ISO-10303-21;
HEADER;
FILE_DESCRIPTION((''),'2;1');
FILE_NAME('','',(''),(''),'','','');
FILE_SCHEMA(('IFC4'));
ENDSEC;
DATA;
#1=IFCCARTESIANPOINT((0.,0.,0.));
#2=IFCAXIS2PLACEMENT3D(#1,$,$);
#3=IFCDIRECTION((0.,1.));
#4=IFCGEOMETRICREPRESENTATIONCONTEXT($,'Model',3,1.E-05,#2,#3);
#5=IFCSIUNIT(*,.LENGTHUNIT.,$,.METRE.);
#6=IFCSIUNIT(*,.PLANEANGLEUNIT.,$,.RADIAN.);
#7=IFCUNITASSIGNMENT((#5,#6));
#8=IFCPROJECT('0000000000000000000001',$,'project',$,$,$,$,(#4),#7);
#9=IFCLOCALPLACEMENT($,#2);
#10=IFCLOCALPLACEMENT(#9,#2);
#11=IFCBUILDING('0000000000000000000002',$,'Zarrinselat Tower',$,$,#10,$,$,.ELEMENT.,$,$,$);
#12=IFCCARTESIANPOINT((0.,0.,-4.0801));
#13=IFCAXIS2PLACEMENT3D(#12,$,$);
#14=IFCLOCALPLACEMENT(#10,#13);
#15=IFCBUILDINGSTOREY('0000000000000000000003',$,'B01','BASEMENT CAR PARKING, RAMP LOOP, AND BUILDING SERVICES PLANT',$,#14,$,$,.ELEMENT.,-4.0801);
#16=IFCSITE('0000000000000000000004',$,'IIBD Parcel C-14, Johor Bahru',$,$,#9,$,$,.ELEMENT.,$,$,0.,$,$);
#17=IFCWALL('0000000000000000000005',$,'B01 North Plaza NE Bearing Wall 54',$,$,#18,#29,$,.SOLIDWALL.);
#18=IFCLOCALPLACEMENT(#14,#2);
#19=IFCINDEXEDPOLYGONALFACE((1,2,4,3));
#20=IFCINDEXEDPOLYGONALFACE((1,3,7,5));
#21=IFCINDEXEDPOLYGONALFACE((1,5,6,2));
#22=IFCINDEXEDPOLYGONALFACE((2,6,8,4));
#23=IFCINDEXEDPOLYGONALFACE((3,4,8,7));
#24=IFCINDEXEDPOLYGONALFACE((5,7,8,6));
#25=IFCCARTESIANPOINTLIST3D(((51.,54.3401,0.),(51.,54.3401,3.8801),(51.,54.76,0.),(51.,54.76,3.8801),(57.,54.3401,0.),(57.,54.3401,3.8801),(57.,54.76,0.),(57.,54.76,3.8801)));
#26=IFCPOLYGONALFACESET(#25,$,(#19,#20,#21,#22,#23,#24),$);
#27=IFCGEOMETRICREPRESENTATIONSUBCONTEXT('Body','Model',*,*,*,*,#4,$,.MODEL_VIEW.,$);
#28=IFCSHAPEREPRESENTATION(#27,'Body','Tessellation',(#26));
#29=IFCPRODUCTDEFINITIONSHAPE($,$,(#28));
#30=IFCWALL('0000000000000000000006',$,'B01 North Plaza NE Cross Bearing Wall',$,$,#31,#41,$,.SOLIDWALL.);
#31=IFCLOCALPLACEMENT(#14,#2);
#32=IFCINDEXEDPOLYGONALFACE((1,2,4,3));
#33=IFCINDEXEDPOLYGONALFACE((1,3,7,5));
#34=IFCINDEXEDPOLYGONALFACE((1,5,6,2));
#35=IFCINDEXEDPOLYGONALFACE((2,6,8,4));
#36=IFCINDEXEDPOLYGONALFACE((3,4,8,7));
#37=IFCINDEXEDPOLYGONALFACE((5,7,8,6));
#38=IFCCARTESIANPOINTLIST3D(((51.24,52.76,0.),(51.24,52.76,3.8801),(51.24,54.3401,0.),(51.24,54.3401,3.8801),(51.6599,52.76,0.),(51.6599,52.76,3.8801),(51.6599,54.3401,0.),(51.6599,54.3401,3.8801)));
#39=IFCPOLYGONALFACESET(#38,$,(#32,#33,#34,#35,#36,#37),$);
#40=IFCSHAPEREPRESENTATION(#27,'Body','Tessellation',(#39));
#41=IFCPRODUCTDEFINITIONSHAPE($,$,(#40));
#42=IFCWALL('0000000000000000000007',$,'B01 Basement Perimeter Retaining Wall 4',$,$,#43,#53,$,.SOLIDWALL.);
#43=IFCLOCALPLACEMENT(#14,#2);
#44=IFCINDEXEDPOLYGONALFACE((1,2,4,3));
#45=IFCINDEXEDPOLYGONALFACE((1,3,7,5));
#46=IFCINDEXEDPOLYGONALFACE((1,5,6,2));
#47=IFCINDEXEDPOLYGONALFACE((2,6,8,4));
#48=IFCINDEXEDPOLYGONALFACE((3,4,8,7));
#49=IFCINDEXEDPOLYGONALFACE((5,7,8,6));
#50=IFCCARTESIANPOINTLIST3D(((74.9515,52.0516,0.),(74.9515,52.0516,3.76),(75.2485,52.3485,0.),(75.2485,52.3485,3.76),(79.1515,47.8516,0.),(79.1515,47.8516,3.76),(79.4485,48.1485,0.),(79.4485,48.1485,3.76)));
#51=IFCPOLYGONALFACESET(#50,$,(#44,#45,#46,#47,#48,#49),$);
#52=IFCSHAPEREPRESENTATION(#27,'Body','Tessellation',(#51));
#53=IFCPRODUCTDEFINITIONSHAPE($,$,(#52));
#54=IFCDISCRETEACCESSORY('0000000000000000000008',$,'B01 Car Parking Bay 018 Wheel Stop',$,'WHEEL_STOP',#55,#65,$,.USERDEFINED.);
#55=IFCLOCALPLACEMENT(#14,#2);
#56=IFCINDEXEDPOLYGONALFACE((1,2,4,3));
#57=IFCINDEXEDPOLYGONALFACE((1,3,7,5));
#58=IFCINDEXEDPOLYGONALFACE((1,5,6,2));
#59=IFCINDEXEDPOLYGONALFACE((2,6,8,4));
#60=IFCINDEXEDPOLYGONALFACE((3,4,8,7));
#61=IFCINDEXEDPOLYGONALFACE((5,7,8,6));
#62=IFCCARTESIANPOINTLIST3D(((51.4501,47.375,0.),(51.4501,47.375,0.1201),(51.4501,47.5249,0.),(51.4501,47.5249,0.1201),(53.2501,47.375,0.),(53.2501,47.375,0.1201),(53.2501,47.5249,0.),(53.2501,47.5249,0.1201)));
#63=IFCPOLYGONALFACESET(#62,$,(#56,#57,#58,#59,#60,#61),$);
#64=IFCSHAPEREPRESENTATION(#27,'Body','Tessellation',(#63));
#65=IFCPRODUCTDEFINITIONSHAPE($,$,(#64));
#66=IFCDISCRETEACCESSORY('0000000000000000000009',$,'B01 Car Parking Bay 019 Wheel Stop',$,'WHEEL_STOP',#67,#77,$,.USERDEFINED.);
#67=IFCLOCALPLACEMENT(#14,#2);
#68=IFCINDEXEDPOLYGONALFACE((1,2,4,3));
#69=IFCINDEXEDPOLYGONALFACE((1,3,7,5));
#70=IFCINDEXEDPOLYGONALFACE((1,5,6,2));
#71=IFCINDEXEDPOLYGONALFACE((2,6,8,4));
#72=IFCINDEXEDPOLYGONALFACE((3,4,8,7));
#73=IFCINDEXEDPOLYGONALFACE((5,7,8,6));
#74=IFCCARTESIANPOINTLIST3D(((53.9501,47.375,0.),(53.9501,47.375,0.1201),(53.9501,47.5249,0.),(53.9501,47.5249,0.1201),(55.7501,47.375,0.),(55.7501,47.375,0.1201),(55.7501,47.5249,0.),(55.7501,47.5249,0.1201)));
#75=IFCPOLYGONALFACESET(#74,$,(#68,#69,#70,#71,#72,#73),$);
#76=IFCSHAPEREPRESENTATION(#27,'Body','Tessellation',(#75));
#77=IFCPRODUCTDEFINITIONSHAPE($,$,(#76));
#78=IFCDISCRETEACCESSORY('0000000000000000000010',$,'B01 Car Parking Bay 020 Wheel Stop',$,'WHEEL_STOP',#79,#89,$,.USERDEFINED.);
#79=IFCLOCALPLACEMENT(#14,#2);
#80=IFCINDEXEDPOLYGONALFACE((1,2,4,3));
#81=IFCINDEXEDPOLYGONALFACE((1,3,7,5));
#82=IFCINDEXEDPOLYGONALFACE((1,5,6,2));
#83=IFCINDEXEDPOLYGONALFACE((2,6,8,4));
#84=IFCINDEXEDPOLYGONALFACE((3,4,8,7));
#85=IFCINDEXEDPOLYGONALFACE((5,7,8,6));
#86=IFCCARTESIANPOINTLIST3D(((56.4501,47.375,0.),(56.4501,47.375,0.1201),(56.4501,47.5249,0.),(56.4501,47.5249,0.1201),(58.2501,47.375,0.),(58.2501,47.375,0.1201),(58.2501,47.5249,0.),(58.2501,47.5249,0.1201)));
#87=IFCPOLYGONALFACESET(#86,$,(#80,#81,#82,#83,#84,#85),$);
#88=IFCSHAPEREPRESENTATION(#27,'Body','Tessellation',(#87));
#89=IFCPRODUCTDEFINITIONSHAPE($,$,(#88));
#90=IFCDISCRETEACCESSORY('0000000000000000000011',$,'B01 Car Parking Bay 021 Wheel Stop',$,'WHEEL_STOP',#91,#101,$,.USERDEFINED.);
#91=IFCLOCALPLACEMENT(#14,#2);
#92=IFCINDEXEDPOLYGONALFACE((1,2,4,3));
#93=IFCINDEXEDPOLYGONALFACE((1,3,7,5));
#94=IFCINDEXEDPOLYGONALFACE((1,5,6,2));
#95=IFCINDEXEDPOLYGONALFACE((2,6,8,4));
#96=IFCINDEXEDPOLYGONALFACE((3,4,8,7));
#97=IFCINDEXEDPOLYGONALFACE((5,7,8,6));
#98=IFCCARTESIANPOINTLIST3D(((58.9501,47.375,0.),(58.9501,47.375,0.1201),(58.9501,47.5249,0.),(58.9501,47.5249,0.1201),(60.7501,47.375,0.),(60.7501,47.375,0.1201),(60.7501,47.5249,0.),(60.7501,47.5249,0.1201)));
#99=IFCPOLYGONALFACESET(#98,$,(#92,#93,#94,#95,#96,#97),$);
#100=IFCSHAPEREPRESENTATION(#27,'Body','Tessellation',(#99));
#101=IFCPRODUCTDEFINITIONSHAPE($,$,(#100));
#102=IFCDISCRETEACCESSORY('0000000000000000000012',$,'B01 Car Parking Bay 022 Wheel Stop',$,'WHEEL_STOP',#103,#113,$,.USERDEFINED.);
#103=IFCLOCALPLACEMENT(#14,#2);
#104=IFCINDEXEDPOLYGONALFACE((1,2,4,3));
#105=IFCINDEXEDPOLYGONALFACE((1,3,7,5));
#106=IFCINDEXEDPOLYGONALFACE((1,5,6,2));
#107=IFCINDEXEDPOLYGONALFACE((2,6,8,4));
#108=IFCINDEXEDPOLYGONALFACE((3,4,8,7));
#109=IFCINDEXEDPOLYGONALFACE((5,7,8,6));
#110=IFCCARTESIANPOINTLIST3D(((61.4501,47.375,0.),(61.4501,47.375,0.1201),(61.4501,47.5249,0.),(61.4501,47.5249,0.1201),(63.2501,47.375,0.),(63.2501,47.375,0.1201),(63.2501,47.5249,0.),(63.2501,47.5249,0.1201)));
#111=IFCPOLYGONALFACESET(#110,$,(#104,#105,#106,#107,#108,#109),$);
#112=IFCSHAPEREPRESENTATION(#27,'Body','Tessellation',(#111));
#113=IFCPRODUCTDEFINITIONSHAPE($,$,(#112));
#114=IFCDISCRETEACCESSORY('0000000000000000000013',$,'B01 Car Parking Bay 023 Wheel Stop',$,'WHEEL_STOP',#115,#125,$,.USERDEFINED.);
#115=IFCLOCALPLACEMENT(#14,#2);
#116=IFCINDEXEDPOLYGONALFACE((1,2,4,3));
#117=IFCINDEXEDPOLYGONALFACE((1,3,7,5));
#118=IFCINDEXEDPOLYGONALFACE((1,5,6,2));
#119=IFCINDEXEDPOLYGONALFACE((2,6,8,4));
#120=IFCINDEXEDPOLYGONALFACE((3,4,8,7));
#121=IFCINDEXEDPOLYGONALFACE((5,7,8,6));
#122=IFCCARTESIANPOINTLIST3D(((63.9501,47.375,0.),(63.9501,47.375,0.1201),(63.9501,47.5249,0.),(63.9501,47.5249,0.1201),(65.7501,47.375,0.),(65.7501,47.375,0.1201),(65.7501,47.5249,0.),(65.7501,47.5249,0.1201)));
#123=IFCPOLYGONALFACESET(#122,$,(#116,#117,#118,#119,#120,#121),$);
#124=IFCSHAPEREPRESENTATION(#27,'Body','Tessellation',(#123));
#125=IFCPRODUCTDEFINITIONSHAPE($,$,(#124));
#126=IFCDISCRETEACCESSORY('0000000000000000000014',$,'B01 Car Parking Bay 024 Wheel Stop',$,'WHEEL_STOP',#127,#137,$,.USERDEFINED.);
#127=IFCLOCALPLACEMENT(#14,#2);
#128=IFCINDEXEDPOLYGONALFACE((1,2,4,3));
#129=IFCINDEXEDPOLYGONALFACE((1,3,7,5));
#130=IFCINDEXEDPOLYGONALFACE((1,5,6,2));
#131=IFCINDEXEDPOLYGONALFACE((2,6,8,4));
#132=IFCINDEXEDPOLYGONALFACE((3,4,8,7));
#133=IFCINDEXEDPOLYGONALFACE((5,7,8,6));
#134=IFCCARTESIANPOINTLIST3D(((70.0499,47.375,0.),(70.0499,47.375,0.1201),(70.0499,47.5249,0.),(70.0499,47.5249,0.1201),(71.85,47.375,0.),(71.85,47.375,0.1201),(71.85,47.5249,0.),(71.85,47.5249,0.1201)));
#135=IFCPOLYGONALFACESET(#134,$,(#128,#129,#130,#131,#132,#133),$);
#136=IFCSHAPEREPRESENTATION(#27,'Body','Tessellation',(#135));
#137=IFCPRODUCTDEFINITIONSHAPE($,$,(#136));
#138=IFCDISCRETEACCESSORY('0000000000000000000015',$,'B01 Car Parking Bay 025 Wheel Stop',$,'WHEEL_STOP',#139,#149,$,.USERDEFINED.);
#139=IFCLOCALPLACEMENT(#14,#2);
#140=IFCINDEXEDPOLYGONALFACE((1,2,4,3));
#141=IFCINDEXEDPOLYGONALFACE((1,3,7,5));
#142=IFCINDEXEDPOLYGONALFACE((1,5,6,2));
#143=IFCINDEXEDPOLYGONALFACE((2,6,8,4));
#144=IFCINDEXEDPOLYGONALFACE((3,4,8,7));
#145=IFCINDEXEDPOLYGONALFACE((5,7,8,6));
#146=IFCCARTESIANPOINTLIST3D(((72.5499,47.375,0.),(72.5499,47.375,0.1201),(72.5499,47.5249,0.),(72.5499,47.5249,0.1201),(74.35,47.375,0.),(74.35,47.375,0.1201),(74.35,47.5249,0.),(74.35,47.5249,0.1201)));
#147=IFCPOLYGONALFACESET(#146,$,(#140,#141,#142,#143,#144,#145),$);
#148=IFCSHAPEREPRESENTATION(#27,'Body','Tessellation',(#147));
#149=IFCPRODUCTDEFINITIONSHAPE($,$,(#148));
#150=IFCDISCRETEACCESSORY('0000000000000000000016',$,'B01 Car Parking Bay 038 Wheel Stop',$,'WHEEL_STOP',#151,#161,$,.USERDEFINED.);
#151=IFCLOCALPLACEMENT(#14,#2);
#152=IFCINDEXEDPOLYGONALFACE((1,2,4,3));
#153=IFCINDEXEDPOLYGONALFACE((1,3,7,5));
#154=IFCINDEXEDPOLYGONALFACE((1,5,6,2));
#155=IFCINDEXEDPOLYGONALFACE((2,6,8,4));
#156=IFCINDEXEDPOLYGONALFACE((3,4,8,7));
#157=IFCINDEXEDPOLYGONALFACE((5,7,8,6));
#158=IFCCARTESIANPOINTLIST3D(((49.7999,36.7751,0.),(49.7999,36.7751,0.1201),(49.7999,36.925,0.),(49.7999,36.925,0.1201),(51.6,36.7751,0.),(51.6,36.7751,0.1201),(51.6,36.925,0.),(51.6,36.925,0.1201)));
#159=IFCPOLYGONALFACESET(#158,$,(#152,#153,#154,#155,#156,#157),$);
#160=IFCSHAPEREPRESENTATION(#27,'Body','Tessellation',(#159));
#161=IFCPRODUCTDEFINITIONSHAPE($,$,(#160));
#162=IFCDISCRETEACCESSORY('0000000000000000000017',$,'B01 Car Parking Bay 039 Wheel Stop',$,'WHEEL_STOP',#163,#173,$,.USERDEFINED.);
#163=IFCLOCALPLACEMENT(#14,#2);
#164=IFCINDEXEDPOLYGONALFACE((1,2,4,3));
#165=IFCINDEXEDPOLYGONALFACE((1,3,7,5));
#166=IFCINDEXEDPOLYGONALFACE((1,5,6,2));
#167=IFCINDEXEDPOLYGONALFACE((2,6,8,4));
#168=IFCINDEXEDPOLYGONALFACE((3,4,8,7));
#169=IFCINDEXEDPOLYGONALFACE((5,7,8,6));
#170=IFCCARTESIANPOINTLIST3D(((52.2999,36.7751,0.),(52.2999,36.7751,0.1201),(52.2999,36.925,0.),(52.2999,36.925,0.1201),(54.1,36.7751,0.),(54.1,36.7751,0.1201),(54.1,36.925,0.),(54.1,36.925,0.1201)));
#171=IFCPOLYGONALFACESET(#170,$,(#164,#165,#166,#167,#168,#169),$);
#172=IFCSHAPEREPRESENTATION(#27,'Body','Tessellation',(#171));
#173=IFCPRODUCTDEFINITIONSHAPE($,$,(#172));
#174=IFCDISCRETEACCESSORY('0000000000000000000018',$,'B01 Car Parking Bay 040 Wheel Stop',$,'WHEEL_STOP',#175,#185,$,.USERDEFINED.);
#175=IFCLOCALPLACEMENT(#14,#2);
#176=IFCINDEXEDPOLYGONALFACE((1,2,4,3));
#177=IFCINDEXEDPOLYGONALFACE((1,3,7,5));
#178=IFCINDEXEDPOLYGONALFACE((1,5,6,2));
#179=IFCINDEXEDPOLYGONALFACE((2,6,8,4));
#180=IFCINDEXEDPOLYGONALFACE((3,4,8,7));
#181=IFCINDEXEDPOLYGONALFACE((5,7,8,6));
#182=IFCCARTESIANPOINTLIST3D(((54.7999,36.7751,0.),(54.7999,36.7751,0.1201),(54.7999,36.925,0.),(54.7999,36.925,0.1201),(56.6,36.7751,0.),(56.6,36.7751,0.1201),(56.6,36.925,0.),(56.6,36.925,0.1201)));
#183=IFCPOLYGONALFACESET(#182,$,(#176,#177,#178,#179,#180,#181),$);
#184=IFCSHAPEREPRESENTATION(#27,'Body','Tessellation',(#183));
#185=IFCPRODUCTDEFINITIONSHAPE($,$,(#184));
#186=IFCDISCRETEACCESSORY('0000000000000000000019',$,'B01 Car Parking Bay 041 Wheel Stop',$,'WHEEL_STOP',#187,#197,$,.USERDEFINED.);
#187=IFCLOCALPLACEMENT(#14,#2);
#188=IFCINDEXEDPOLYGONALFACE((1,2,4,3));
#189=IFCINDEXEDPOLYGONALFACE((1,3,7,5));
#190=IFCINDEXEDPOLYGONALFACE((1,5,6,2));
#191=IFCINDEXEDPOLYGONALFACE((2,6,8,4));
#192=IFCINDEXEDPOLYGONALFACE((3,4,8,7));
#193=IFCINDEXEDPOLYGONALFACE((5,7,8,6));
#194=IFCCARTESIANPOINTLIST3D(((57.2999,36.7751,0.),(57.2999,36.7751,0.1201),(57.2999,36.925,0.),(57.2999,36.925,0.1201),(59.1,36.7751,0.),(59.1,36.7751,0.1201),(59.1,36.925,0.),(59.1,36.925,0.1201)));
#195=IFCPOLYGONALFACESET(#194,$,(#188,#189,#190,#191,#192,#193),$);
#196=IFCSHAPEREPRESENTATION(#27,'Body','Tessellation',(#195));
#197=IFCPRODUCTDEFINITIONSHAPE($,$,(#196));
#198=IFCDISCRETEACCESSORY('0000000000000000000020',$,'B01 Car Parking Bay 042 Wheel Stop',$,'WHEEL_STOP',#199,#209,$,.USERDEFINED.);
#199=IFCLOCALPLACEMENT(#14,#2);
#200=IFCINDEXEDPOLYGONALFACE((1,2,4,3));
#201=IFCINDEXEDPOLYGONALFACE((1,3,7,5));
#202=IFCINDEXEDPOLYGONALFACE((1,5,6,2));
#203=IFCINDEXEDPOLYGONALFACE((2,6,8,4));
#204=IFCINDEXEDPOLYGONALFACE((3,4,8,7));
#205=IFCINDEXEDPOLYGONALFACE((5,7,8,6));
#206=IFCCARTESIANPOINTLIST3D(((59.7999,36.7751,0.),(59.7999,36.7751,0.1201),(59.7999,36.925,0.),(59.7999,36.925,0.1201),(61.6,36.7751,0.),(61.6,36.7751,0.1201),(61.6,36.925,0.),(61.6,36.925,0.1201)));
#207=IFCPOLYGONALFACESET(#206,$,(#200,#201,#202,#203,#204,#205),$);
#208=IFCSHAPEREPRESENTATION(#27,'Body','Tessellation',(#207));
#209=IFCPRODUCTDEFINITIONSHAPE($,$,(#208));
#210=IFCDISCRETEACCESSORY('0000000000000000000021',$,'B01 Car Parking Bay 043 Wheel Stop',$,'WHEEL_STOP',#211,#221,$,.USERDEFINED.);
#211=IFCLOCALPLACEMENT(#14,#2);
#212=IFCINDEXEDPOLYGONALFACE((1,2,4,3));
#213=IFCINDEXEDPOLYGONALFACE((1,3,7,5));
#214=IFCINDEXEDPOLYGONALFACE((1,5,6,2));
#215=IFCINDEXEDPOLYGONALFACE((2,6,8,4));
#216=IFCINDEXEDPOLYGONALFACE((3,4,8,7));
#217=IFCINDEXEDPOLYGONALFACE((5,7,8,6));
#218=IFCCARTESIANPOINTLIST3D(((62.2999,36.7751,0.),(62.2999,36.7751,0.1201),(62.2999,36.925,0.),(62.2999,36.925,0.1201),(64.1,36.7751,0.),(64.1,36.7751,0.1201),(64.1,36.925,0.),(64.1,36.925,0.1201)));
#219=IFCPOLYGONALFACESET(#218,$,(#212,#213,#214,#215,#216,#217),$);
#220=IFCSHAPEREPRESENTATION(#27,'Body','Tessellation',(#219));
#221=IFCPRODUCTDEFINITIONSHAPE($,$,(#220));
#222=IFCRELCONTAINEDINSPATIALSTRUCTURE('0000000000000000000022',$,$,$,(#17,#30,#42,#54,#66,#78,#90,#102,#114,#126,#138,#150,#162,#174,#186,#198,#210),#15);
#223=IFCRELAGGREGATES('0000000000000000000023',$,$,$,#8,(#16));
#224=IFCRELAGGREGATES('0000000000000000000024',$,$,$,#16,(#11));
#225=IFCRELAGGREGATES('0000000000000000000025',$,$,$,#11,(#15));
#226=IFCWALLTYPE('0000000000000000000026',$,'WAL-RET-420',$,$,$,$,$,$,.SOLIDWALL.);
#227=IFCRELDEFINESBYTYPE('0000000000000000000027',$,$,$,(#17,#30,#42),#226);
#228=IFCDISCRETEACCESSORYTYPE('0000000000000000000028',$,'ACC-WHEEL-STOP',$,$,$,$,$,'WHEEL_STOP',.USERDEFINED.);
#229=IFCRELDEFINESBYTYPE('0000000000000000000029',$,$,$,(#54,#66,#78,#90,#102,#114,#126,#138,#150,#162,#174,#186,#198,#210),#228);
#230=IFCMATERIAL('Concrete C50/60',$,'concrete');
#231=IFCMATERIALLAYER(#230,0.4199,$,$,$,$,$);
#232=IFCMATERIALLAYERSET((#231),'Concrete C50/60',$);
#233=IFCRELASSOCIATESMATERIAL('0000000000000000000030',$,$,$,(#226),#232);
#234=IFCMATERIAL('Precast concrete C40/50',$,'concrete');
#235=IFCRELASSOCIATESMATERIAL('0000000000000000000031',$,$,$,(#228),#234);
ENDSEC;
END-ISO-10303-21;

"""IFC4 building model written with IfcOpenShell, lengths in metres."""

from ifc_helpers import new_model, si_unit, direction, frame, frame_2d, origin, origin_2d, place, context, subcontext, project, spatial, rectangle, extrude, material, layer, layer_set, type_object, element, save


model = new_model("IFC4")

# Units and contexts
model_context = context("Model", 3, precision=1e-05, world=origin(), true_north=direction((0.0, 1.0)))
body_context = subcontext(model_context, "Body", "Model", "MODEL_VIEW")
ifc_project = project(units=[si_unit("LENGTHUNIT", "METRE"), si_unit("PLANEANGLEUNIT", "RADIAN")], contexts=[model_context])

# Site, building, storey
site_placement = place(None, origin())
site = spatial("IfcSite", under=ifc_project, at=site_placement, Name="IIBD Parcel C-14, Johor Bahru", CompositionType="ELEMENT", RefElevation=0.0)
building_placement = place(site_placement, origin())
building = spatial("IfcBuilding", under=site, at=building_placement, Name="Zarrinselat Tower", CompositionType="ELEMENT")
storey_placement = place(building_placement, frame((0.0, 0.0, -4.0801)))
storey = spatial("IfcBuildingStorey", under=building, at=storey_placement, Name="B01", Description="BASEMENT CAR PARKING, RAMP LOOP, AND BUILDING SERVICES PLANT", CompositionType="ELEMENT", Elevation=-4.0801)

# Walls
ifc_material_1 = material(Name="Concrete C50/60", Category="concrete")
ifc_layer_1 = layer(ifc_material_1, 0.4199)
ifc_layer_set_1 = layer_set([ifc_layer_1], Name="Concrete C50/60")
wall_type_1 = type_object("IfcWallType", Name="WAL-RET-420", PredefinedType="SOLIDWALL", material=ifc_layer_set_1)
for number, where, z_axis, x_axis, name in (
    (1, (51.0, 54.55, 0.0), (0.0, 0.0, 1.0), (1.0, 0.0, 0.0), "B01 North Plaza NE Bearing Wall 54"),
):
    element("IfcWall", number, at=place(storey_placement, frame(where, z_axis=z_axis, x_axis=x_axis)), inside=storey, type_object=wall_type_1, Name=name, PredefinedType="SOLIDWALL", context=body_context, shape_type="SweptSolid", body=[
        extrude(rectangle(XDim=6.0, YDim=0.4199, at=frame_2d((3.0, 0.0))), origin(), (0.0, 0.0, 1.0), 3.8801),
    ])
wall_1_placement = place(storey_placement, frame((51.45, 52.76, 0.0), z_axis=(0.0, 0.0, 1.0), x_axis=(0.0, 1.0, 0.0)))
element("IfcWall", 2, at=wall_1_placement, inside=storey, type_object=wall_type_1, Name="B01 North Plaza NE Cross Bearing Wall", PredefinedType="SOLIDWALL", context=body_context, shape_type="SweptSolid", body=[
    extrude(rectangle(XDim=1.5801, YDim=0.4199, at=frame_2d((0.79, 0.0))), origin(), (0.0, 0.0, 1.0), 3.8801),
])
wall_2_placement = place(storey_placement, frame((75.1001, 52.2, 0.0), z_axis=(0.0, 0.0, 1.0), x_axis=(0.707107, -0.707107, 0.0)))
element("IfcWall", 3, at=wall_2_placement, inside=storey, type_object=wall_type_1, Name="B01 Basement Perimeter Retaining Wall 4", PredefinedType="SOLIDWALL", context=body_context, shape_type="SweptSolid", body=[
    extrude(rectangle(XDim=5.9397, YDim=0.4199, at=frame_2d((2.9697, 0.0))), origin(), (0.0, 0.0, 1.0), 3.76),
])

# Discrete accessories
ifc_material_2 = material(Name="Precast concrete C40/50", Category="concrete")
discrete_accessory_type = type_object("IfcDiscreteAccessoryType", Name="ACC-WHEEL-STOP", ElementType="WHEEL_STOP", PredefinedType="USERDEFINED", material=ifc_material_2)
for number, where, z_axis, x_axis, name in (
    (4, (52.3501, 47.45, 0.0), (0.0, 0.0, 1.0), (1.0, 0.0, 0.0), "B01 Car Parking Bay 018 Wheel Stop"),
    (5, (54.8501, 47.45, 0.0), (0.0, 0.0, 1.0), (1.0, 0.0, 0.0), "B01 Car Parking Bay 019 Wheel Stop"),
    (6, (57.3501, 47.45, 0.0), (0.0, 0.0, 1.0), (1.0, 0.0, 0.0), "B01 Car Parking Bay 020 Wheel Stop"),
    (7, (59.8501, 47.45, 0.0), (0.0, 0.0, 1.0), (1.0, 0.0, 0.0), "B01 Car Parking Bay 021 Wheel Stop"),
    (8, (62.3501, 47.45, 0.0), (0.0, 0.0, 1.0), (1.0, 0.0, 0.0), "B01 Car Parking Bay 022 Wheel Stop"),
    (9, (64.8501, 47.45, 0.0), (0.0, 0.0, 1.0), (1.0, 0.0, 0.0), "B01 Car Parking Bay 023 Wheel Stop"),
    (10, (70.95, 47.45, 0.0), (0.0, 0.0, 1.0), (1.0, 0.0, 0.0), "B01 Car Parking Bay 024 Wheel Stop"),
    (11, (73.45, 47.45, 0.0), (0.0, 0.0, 1.0), (1.0, 0.0, 0.0), "B01 Car Parking Bay 025 Wheel Stop"),
    (12, (50.7, 36.8501, 0.0), (0.0, 0.0, 1.0), (1.0, 0.0, 0.0), "B01 Car Parking Bay 038 Wheel Stop"),
    (13, (53.2, 36.8501, 0.0), (0.0, 0.0, 1.0), (1.0, 0.0, 0.0), "B01 Car Parking Bay 039 Wheel Stop"),
    (14, (55.7, 36.8501, 0.0), (0.0, 0.0, 1.0), (1.0, 0.0, 0.0), "B01 Car Parking Bay 040 Wheel Stop"),
    (15, (58.2, 36.8501, 0.0), (0.0, 0.0, 1.0), (1.0, 0.0, 0.0), "B01 Car Parking Bay 041 Wheel Stop"),
    (16, (60.7, 36.8501, 0.0), (0.0, 0.0, 1.0), (1.0, 0.0, 0.0), "B01 Car Parking Bay 042 Wheel Stop"),
    (17, (63.2, 36.8501, 0.0), (0.0, 0.0, 1.0), (1.0, 0.0, 0.0), "B01 Car Parking Bay 043 Wheel Stop"),
):
    element("IfcDiscreteAccessory", number, at=place(storey_placement, frame(where, z_axis=z_axis, x_axis=x_axis)), inside=storey, type_object=discrete_accessory_type, Name=name, ObjectType="WHEEL_STOP", PredefinedType="USERDEFINED", context=body_context, shape_type="SweptSolid", body=[
        extrude(rectangle(XDim=1.8, YDim=0.1499, at=origin_2d()), origin(), (0.0, 0.0, 1.0), 0.1201),
    ])

save(model, "model.ifc")
